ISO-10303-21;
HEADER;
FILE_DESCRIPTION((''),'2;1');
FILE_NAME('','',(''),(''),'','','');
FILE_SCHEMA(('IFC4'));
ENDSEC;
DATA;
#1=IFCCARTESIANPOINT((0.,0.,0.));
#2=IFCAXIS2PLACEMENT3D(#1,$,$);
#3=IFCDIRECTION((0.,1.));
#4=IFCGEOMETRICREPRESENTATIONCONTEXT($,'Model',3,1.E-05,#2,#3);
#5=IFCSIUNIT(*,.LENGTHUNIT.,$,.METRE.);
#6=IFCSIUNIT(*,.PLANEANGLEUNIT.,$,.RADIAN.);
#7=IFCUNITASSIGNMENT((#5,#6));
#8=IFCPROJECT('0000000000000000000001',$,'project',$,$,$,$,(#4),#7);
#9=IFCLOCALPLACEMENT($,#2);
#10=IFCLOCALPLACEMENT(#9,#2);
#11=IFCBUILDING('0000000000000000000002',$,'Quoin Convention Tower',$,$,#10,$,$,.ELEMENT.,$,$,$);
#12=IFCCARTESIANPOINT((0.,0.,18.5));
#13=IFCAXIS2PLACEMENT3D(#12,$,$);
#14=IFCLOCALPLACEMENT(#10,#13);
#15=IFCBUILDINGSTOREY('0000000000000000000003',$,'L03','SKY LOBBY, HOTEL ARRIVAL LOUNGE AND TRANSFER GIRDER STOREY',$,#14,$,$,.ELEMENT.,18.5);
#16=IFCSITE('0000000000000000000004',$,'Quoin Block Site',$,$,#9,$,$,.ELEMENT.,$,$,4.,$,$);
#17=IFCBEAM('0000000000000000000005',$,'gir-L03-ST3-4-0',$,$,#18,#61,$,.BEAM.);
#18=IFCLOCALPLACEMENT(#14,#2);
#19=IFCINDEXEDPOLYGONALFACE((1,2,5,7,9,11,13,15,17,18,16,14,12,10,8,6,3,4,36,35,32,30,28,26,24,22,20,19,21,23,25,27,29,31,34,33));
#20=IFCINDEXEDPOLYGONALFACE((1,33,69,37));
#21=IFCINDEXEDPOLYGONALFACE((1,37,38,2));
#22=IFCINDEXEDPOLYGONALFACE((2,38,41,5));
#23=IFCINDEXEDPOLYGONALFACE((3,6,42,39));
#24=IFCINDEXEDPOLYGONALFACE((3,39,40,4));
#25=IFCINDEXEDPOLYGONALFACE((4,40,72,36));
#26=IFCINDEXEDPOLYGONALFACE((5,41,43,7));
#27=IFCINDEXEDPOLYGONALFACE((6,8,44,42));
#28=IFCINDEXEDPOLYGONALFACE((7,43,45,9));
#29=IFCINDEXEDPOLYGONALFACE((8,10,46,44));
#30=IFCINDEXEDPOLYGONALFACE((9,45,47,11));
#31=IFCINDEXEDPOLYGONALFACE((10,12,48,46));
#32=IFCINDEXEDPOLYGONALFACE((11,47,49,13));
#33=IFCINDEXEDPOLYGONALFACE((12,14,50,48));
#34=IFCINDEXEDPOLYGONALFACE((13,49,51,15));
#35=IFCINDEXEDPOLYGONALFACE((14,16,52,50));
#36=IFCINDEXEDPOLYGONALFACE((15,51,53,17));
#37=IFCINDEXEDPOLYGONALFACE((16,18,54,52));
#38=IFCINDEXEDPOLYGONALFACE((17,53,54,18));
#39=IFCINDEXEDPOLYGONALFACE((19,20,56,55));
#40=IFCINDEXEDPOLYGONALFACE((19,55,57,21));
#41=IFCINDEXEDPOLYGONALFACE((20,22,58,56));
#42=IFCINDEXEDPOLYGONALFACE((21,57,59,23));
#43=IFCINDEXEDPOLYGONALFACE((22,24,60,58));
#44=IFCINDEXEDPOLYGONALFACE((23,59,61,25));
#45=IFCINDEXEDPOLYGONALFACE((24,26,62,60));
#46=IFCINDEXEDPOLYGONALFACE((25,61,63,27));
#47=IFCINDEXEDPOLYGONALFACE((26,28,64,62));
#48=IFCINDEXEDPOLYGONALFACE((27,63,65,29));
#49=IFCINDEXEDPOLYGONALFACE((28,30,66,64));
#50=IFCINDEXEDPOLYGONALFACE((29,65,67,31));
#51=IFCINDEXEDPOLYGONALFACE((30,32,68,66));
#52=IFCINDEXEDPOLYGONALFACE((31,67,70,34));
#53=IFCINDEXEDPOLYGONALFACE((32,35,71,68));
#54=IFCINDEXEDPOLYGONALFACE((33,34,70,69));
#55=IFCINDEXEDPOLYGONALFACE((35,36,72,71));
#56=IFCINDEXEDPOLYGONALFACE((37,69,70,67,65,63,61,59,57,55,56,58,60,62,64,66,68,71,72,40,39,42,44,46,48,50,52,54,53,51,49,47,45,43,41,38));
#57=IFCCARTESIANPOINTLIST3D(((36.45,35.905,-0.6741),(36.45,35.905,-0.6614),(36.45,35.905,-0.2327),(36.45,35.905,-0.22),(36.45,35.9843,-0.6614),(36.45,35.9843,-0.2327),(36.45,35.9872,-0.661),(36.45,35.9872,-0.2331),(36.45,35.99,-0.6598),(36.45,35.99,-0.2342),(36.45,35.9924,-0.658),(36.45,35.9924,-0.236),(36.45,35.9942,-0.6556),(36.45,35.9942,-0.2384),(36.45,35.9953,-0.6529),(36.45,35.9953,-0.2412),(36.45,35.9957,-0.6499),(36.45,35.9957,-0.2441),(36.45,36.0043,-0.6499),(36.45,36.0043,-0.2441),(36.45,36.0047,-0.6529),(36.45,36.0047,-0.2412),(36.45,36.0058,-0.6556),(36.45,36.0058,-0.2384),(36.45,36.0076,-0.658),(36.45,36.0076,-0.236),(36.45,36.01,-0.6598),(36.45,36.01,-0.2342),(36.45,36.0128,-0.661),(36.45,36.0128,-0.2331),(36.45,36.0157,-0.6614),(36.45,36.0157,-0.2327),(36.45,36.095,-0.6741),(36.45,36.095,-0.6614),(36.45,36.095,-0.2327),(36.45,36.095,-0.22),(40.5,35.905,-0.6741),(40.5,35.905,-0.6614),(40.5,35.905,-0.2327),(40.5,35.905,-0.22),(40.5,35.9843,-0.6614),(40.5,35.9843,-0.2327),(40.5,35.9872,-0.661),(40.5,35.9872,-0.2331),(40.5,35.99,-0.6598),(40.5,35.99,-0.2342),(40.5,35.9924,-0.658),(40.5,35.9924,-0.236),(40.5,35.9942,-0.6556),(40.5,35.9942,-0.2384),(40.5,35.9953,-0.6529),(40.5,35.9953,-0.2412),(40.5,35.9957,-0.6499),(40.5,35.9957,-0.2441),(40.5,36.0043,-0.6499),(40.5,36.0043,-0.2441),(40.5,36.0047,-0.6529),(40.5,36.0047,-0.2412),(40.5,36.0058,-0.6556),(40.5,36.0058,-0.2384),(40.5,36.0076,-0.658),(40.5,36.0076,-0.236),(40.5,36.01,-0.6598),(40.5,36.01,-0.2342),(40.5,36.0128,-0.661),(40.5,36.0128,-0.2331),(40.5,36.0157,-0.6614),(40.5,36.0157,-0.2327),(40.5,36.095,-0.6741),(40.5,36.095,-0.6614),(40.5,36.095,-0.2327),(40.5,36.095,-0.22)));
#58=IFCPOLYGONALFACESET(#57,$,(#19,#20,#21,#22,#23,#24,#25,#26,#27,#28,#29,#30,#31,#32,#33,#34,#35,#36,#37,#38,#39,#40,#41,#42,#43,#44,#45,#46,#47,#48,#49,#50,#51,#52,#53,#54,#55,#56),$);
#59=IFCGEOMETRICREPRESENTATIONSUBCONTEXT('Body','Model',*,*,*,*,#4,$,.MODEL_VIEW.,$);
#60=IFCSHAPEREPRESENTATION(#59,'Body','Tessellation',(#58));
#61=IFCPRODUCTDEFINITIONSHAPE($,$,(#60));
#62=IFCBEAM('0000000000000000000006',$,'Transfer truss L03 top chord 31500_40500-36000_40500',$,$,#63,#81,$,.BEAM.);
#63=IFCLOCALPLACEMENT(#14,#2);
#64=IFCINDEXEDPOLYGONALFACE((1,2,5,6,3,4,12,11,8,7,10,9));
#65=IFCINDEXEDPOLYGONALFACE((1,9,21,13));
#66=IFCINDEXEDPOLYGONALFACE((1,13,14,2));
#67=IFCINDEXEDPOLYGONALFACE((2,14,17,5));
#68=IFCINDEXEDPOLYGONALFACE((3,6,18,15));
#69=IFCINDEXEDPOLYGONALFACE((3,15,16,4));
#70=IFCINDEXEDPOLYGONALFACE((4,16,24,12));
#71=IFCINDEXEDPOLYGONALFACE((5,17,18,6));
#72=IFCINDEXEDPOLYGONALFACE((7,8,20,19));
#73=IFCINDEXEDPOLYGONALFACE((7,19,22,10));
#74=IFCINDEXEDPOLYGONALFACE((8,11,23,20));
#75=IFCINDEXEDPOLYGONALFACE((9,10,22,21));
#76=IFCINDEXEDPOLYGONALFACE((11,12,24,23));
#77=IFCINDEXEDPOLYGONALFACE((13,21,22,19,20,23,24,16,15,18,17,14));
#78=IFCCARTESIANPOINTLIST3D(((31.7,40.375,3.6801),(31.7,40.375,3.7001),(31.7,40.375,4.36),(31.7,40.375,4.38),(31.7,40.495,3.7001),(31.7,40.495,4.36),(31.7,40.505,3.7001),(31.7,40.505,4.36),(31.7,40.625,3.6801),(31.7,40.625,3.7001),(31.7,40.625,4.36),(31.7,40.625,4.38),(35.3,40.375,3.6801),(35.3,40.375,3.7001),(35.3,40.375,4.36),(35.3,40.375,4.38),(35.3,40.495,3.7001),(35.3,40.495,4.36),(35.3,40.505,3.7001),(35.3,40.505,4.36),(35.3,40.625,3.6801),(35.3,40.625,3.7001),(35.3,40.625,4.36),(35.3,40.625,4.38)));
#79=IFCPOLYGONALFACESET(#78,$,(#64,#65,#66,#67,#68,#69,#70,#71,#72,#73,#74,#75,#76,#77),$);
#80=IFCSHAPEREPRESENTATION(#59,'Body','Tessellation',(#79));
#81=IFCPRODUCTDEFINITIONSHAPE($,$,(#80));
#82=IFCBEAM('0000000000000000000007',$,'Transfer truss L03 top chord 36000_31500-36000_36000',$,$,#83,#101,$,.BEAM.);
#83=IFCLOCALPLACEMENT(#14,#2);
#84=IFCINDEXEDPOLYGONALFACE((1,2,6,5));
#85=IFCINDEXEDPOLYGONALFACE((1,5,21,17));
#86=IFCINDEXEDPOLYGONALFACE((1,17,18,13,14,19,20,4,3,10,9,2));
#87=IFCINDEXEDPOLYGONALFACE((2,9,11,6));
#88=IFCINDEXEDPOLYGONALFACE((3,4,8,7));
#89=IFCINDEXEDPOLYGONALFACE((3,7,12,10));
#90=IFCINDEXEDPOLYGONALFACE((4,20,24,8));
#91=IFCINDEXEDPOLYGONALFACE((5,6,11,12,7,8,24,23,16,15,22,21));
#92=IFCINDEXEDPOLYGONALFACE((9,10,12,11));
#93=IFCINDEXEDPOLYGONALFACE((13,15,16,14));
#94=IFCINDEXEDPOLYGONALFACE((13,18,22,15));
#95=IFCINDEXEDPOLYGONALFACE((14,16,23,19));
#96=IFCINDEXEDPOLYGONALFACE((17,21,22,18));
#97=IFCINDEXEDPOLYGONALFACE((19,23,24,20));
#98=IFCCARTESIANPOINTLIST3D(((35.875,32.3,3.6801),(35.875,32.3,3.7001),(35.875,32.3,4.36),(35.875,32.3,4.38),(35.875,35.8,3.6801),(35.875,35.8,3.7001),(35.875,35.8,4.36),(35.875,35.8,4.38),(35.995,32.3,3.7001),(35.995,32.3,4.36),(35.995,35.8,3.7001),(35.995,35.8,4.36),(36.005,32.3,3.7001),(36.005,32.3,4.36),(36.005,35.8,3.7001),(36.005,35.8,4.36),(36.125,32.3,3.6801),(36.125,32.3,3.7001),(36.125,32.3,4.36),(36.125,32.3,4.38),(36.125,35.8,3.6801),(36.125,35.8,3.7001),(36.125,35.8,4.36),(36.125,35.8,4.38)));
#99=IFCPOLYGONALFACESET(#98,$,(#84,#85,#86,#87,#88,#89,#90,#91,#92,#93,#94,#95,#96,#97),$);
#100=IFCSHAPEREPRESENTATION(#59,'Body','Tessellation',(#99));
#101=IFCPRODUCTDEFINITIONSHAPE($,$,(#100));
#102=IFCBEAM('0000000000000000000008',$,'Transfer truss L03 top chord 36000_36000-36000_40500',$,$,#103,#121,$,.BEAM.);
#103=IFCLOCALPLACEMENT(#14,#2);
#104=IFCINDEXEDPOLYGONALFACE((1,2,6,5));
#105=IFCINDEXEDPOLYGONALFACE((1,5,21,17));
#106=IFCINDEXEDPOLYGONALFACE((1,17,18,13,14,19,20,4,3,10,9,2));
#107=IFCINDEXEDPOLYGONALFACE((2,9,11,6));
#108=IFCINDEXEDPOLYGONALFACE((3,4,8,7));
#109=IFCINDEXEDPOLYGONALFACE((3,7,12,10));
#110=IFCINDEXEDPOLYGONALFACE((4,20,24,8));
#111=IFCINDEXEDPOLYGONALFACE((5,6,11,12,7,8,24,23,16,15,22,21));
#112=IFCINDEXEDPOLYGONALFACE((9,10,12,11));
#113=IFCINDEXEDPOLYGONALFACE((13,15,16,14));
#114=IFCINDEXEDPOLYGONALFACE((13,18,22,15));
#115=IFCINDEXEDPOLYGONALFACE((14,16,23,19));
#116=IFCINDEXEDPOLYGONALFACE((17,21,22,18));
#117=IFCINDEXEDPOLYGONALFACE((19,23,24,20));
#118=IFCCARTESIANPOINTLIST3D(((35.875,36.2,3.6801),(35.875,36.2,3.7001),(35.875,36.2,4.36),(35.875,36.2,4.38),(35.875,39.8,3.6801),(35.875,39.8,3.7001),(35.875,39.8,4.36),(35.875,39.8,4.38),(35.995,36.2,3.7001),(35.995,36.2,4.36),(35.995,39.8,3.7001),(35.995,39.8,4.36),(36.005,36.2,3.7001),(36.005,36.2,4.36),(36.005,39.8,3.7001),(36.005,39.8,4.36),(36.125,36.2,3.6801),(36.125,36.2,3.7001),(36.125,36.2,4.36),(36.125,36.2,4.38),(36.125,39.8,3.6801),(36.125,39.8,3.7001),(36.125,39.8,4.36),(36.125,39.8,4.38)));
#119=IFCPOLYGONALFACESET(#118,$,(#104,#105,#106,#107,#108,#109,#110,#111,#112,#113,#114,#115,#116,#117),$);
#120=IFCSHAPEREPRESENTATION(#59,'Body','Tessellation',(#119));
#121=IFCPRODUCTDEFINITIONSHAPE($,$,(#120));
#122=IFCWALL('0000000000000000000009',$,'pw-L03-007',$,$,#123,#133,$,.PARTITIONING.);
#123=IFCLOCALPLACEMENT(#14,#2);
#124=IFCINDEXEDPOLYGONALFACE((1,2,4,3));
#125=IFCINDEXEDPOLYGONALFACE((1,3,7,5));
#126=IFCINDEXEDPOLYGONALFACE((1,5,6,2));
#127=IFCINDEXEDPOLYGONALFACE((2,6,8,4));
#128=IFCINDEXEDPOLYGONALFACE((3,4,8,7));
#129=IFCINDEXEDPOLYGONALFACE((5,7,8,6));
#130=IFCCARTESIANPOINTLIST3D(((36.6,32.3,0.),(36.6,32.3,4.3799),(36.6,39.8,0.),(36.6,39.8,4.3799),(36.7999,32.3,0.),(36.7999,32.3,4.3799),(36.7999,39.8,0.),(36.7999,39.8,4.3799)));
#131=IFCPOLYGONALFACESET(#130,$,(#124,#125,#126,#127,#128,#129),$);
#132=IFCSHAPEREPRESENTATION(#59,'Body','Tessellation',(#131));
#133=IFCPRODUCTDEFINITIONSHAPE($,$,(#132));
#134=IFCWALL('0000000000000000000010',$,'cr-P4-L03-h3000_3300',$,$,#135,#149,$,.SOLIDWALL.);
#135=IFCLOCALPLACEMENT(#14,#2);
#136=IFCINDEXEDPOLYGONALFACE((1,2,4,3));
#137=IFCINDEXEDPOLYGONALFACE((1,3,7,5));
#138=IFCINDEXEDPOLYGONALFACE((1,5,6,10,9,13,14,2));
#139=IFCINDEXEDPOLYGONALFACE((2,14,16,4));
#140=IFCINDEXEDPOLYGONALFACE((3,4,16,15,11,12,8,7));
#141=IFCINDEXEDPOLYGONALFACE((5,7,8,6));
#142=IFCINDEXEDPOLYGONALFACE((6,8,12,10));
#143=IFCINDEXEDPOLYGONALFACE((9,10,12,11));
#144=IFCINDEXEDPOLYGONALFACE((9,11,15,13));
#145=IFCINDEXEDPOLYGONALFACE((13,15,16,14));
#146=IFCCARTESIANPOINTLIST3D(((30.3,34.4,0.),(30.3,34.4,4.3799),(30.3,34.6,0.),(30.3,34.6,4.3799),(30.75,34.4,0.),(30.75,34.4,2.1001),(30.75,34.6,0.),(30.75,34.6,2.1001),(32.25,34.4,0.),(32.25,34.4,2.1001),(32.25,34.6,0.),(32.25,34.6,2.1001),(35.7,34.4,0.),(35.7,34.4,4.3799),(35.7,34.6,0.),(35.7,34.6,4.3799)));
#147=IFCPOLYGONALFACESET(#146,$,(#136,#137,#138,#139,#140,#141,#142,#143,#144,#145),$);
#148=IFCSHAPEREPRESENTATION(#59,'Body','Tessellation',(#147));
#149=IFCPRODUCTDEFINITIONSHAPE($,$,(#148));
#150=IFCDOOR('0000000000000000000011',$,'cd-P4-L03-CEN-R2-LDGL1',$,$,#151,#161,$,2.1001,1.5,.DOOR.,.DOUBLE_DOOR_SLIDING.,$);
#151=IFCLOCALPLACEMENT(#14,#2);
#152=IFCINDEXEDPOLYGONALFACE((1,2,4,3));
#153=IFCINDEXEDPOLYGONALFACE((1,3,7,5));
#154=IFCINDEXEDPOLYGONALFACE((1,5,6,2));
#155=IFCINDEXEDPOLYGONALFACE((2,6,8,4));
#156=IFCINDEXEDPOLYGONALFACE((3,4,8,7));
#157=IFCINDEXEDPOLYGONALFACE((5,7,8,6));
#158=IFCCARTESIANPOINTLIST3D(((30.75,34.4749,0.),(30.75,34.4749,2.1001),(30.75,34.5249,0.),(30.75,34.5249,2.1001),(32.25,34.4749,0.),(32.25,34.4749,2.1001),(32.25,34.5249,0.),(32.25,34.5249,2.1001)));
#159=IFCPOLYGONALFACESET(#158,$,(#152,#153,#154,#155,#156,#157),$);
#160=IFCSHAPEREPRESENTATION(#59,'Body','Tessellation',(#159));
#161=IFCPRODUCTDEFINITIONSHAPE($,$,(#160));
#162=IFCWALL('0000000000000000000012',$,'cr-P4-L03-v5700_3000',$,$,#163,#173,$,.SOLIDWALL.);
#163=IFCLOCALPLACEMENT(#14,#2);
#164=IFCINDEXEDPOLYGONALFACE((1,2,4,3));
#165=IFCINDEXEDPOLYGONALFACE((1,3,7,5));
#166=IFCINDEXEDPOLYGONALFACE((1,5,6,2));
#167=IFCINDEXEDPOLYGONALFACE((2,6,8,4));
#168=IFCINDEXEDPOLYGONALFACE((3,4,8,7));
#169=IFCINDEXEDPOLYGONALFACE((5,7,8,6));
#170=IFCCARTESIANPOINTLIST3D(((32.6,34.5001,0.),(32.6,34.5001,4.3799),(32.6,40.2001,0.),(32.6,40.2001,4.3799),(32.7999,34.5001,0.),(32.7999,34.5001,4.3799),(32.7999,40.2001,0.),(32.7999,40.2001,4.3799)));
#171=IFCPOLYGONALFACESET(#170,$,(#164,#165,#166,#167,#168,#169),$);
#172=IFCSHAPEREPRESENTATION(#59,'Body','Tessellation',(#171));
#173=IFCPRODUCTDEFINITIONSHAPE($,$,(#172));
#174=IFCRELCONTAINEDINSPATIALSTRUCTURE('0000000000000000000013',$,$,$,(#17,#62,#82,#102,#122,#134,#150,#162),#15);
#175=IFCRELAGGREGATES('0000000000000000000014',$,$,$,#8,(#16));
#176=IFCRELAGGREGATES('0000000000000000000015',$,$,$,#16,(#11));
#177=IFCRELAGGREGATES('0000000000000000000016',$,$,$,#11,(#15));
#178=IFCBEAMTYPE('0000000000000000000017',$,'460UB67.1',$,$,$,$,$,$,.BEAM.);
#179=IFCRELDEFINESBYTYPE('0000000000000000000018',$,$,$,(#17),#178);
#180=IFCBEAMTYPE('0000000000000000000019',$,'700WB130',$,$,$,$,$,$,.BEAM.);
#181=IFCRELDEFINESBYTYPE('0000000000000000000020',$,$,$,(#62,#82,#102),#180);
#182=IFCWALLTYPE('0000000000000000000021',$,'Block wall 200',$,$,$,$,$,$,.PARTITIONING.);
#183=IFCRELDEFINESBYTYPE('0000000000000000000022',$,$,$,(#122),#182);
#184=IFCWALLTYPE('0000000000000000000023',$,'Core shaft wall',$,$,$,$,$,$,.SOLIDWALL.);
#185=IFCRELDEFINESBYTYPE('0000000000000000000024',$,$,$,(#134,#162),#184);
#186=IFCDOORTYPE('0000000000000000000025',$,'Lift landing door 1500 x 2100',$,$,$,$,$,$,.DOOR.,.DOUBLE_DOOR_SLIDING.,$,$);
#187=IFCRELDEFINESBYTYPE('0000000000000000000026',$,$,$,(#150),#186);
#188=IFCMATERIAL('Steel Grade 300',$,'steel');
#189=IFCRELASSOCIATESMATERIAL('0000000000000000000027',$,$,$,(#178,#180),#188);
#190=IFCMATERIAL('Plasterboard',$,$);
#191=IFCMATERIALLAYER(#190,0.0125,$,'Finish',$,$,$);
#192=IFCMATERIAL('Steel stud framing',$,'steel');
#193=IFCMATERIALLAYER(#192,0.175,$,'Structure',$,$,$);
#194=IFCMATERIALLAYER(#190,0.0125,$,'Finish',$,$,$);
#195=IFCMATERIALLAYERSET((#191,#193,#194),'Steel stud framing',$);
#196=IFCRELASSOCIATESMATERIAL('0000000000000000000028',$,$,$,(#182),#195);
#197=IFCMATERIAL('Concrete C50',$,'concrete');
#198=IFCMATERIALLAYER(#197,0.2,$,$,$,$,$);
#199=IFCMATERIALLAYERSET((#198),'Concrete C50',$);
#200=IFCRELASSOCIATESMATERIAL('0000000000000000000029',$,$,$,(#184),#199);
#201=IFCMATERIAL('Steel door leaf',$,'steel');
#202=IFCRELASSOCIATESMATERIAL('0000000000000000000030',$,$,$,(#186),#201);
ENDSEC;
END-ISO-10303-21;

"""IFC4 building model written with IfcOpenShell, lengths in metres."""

from ifc_helpers import new_model, si_unit, direction, frame, frame_2d, origin, origin_2d, place, context, subcontext, project, spatial, rectangle, i_section, extrude, material, layer, layer_set, material_profile, profile_set, type_object, element, fill, save


model = new_model("IFC4")

# Units and contexts
model_context = context("Model", 3, precision=1e-05, world=origin(), true_north=direction((0.0, 1.0)))
body_context = subcontext(model_context, "Body", "Model", "MODEL_VIEW")
ifc_project = project(units=[si_unit("LENGTHUNIT", "METRE"), si_unit("PLANEANGLEUNIT", "RADIAN")], contexts=[model_context])

# Site, building, storey
site_placement = place(None, origin())
site = spatial("IfcSite", under=ifc_project, at=site_placement, Name="Quoin Block Site", CompositionType="ELEMENT", RefElevation=4.0)
building_placement = place(site_placement, origin())
building = spatial("IfcBuilding", under=site, at=building_placement, Name="Quoin Convention Tower", CompositionType="ELEMENT")
storey_placement = place(building_placement, frame((0.0, 0.0, 18.5)))
storey = spatial("IfcBuildingStorey", under=building, at=storey_placement, Name="L03", Description="SKY LOBBY, HOTEL ARRIVAL LOUNGE AND TRANSFER GIRDER STOREY", CompositionType="ELEMENT", Elevation=18.5)

# Shared definitions
ifc_material_1 = material(Name="Steel Grade 300", Category="steel")

# Beams
ifc_material_profile_1 = material_profile(ifc_material_1, i_section(OverallWidth=0.1899, OverallDepth=0.4541, WebThickness=0.0085, FlangeThickness=0.0127, FilletRadius=0.0115, at=origin_2d()), Name="460UB67.1")
ifc_profile_set_1 = profile_set([ifc_material_profile_1], Name="Steel Grade 300")
beam_type_1 = type_object("IfcBeamType", Name="460UB67.1", PredefinedType="BEAM", material=ifc_profile_set_1)
beam_1_placement = place(storey_placement, frame((36.45, 36.0, -0.447), z_axis=(1.0, 0.0, 0.0), x_axis=(0.0, 1.0, 0.0)))
element("IfcBeam", 1, at=beam_1_placement, inside=storey, type_object=beam_type_1, Name="gir-L03-ST3-4-0", PredefinedType="BEAM", context=body_context, shape_type="SweptSolid", body=[
    extrude(i_section(OverallWidth=0.1899, OverallDepth=0.4541, WebThickness=0.0085, FlangeThickness=0.0127, FilletRadius=0.0115, at=origin_2d()), origin(), (0.0, 0.0, 1.0), 4.05),
])
ifc_material_profile_2 = material_profile(ifc_material_1, i_section(OverallWidth=0.25, OverallDepth=0.7, WebThickness=0.01, FlangeThickness=0.02, at=origin_2d()), Name="700WB130")
ifc_profile_set_2 = profile_set([ifc_material_profile_2], Name="Steel Grade 300")
beam_type_2 = type_object("IfcBeamType", Name="700WB130", PredefinedType="BEAM", material=ifc_profile_set_2)
beam_2_placement = place(storey_placement, frame((31.7, 40.5, 4.03), z_axis=(1.0, 0.0, 0.0), x_axis=(0.0, 1.0, 0.0)))
element("IfcBeam", 2, at=beam_2_placement, inside=storey, type_object=beam_type_2, Name="Transfer truss L03 top chord 31500_40500-36000_40500", PredefinedType="BEAM", context=body_context, shape_type="SweptSolid", body=[
    extrude(i_section(OverallWidth=0.25, OverallDepth=0.7, WebThickness=0.01, FlangeThickness=0.02, at=origin_2d()), origin(), (0.0, 0.0, 1.0), 3.6001),
])
beam_3_placement = place(storey_placement, frame((36.0, 32.3, 4.03), z_axis=(0.0, 1.0, 0.0), x_axis=(-1.0, 0.0, 0.0)))
element("IfcBeam", 3, at=beam_3_placement, inside=storey, type_object=beam_type_2, Name="Transfer truss L03 top chord 36000_31500-36000_36000", PredefinedType="BEAM", context=body_context, shape_type="SweptSolid", body=[
    extrude(i_section(OverallWidth=0.25, OverallDepth=0.7, WebThickness=0.01, FlangeThickness=0.02, at=origin_2d()), origin(), (0.0, 0.0, 1.0), 3.5),
])
beam_4_placement = place(storey_placement, frame((36.0, 36.2, 4.03), z_axis=(0.0, 1.0, 0.0), x_axis=(-1.0, 0.0, 0.0)))
element("IfcBeam", 4, at=beam_4_placement, inside=storey, type_object=beam_type_2, Name="Transfer truss L03 top chord 36000_36000-36000_40500", PredefinedType="BEAM", context=body_context, shape_type="SweptSolid", body=[
    extrude(i_section(OverallWidth=0.25, OverallDepth=0.7, WebThickness=0.01, FlangeThickness=0.02, at=origin_2d()), origin(), (0.0, 0.0, 1.0), 3.6001),
])

# Wall
ifc_material_2 = material(Name="Plasterboard")
ifc_layer_1 = layer(ifc_material_2, 0.0125, Name="Finish")
ifc_material_3 = material(Name="Steel stud framing", Category="steel")
ifc_layer_2 = layer(ifc_material_3, 0.175, Name="Structure")
ifc_layer_3 = layer(ifc_material_2, 0.0125, Name="Finish")
ifc_layer_set_1 = layer_set([ifc_layer_1, ifc_layer_2, ifc_layer_3], Name="Steel stud framing")
wall_type_1 = type_object("IfcWallType", Name="Block wall 200", PredefinedType="PARTITIONING", material=ifc_layer_set_1)
wall_1_placement = place(storey_placement, frame((36.7, 32.3, 0.0), z_axis=(0.0, 0.0, 1.0), x_axis=(0.0, 1.0, 0.0)))
element("IfcWall", 5, at=wall_1_placement, inside=storey, type_object=wall_type_1, Name="pw-L03-007", PredefinedType="PARTITIONING", context=body_context, shape_type="SweptSolid", body=[
    extrude(rectangle(XDim=7.5, YDim=0.2, at=frame_2d((3.75, 0.0))), origin(), (0.0, 0.0, 1.0), 4.3799),
])

# Wall, opening, door
ifc_material_4 = material(Name="Concrete C50", Category="concrete")
ifc_layer_4 = layer(ifc_material_4, 0.2)
ifc_layer_set_2 = layer_set([ifc_layer_4], Name="Concrete C50")
wall_type_2 = type_object("IfcWallType", Name="Core shaft wall", PredefinedType="SOLIDWALL", material=ifc_layer_set_2)
wall_2_placement = place(storey_placement, frame((30.3, 34.5, 0.0), z_axis=(0.0, 0.0, 1.0), x_axis=(1.0, 0.0, 0.0)))
wall_2 = element("IfcWall", 6, at=wall_2_placement, inside=storey, type_object=wall_type_2, Name="cr-P4-L03-h3000_3300", PredefinedType="SOLIDWALL", context=body_context, shape_type="SweptSolid", body=[
    extrude(rectangle(XDim=5.3999, YDim=0.2, at=frame_2d((2.7, 0.0))), origin(), (0.0, 0.0, 1.0), 4.3799),
])
opening_placement = place(wall_2_placement, frame((0.45, 0.0, 0.0)))
opening = element("IfcOpeningElement", 7, at=opening_placement, cuts=wall_2, PredefinedType="OPENING", context=body_context, shape_type="SweptSolid", body=[
    extrude(rectangle(XDim=1.5, YDim=2.1001, at=frame_2d((0.75, 1.05))), frame((0.0, 0.1099, 0.0), z_axis=(0.0, -1.0, 0.0), x_axis=(1.0, 0.0, 0.0)), (0.0, 0.0, 1.0), 0.22),
])
ifc_material_5 = material(Name="Steel door leaf", Category="steel")
door_type = type_object("IfcDoorType", Name="Lift landing door 1500 x 2100", OperationType="DOUBLE_DOOR_SLIDING", PredefinedType="DOOR", material=ifc_material_5)
door_placement = place(opening_placement, origin())
door = element("IfcDoor", 8, at=door_placement, inside=storey, type_object=door_type, Name="cd-P4-L03-CEN-R2-LDGL1", OperationType="DOUBLE_DOOR_SLIDING", OverallHeight=2.1001, OverallWidth=1.5, PredefinedType="DOOR", context=body_context, shape_type="SweptSolid", body=[
    extrude(rectangle(XDim=1.5, YDim=2.1001, at=frame_2d((0.75, 1.05))), frame((0.0, 0.0249, 0.0), z_axis=(0.0, -1.0, 0.0), x_axis=(1.0, 0.0, 0.0)), (0.0, 0.0, 1.0), 0.05),
])
fill(opening, door)

# Wall
wall_3_placement = place(storey_placement, frame((32.7, 34.5, 0.0), z_axis=(0.0, 0.0, 1.0), x_axis=(0.0, 1.0, 0.0)))
element("IfcWall", 9, at=wall_3_placement, inside=storey, type_object=wall_type_2, Name="cr-P4-L03-v5700_3000", PredefinedType="SOLIDWALL", context=body_context, shape_type="SweptSolid", body=[
    extrude(rectangle(XDim=5.7, YDim=0.2, at=frame_2d((2.8501, 0.0))), origin(), (0.0, 0.0, 1.0), 4.3799),
])

save(model, "model.ifc")
